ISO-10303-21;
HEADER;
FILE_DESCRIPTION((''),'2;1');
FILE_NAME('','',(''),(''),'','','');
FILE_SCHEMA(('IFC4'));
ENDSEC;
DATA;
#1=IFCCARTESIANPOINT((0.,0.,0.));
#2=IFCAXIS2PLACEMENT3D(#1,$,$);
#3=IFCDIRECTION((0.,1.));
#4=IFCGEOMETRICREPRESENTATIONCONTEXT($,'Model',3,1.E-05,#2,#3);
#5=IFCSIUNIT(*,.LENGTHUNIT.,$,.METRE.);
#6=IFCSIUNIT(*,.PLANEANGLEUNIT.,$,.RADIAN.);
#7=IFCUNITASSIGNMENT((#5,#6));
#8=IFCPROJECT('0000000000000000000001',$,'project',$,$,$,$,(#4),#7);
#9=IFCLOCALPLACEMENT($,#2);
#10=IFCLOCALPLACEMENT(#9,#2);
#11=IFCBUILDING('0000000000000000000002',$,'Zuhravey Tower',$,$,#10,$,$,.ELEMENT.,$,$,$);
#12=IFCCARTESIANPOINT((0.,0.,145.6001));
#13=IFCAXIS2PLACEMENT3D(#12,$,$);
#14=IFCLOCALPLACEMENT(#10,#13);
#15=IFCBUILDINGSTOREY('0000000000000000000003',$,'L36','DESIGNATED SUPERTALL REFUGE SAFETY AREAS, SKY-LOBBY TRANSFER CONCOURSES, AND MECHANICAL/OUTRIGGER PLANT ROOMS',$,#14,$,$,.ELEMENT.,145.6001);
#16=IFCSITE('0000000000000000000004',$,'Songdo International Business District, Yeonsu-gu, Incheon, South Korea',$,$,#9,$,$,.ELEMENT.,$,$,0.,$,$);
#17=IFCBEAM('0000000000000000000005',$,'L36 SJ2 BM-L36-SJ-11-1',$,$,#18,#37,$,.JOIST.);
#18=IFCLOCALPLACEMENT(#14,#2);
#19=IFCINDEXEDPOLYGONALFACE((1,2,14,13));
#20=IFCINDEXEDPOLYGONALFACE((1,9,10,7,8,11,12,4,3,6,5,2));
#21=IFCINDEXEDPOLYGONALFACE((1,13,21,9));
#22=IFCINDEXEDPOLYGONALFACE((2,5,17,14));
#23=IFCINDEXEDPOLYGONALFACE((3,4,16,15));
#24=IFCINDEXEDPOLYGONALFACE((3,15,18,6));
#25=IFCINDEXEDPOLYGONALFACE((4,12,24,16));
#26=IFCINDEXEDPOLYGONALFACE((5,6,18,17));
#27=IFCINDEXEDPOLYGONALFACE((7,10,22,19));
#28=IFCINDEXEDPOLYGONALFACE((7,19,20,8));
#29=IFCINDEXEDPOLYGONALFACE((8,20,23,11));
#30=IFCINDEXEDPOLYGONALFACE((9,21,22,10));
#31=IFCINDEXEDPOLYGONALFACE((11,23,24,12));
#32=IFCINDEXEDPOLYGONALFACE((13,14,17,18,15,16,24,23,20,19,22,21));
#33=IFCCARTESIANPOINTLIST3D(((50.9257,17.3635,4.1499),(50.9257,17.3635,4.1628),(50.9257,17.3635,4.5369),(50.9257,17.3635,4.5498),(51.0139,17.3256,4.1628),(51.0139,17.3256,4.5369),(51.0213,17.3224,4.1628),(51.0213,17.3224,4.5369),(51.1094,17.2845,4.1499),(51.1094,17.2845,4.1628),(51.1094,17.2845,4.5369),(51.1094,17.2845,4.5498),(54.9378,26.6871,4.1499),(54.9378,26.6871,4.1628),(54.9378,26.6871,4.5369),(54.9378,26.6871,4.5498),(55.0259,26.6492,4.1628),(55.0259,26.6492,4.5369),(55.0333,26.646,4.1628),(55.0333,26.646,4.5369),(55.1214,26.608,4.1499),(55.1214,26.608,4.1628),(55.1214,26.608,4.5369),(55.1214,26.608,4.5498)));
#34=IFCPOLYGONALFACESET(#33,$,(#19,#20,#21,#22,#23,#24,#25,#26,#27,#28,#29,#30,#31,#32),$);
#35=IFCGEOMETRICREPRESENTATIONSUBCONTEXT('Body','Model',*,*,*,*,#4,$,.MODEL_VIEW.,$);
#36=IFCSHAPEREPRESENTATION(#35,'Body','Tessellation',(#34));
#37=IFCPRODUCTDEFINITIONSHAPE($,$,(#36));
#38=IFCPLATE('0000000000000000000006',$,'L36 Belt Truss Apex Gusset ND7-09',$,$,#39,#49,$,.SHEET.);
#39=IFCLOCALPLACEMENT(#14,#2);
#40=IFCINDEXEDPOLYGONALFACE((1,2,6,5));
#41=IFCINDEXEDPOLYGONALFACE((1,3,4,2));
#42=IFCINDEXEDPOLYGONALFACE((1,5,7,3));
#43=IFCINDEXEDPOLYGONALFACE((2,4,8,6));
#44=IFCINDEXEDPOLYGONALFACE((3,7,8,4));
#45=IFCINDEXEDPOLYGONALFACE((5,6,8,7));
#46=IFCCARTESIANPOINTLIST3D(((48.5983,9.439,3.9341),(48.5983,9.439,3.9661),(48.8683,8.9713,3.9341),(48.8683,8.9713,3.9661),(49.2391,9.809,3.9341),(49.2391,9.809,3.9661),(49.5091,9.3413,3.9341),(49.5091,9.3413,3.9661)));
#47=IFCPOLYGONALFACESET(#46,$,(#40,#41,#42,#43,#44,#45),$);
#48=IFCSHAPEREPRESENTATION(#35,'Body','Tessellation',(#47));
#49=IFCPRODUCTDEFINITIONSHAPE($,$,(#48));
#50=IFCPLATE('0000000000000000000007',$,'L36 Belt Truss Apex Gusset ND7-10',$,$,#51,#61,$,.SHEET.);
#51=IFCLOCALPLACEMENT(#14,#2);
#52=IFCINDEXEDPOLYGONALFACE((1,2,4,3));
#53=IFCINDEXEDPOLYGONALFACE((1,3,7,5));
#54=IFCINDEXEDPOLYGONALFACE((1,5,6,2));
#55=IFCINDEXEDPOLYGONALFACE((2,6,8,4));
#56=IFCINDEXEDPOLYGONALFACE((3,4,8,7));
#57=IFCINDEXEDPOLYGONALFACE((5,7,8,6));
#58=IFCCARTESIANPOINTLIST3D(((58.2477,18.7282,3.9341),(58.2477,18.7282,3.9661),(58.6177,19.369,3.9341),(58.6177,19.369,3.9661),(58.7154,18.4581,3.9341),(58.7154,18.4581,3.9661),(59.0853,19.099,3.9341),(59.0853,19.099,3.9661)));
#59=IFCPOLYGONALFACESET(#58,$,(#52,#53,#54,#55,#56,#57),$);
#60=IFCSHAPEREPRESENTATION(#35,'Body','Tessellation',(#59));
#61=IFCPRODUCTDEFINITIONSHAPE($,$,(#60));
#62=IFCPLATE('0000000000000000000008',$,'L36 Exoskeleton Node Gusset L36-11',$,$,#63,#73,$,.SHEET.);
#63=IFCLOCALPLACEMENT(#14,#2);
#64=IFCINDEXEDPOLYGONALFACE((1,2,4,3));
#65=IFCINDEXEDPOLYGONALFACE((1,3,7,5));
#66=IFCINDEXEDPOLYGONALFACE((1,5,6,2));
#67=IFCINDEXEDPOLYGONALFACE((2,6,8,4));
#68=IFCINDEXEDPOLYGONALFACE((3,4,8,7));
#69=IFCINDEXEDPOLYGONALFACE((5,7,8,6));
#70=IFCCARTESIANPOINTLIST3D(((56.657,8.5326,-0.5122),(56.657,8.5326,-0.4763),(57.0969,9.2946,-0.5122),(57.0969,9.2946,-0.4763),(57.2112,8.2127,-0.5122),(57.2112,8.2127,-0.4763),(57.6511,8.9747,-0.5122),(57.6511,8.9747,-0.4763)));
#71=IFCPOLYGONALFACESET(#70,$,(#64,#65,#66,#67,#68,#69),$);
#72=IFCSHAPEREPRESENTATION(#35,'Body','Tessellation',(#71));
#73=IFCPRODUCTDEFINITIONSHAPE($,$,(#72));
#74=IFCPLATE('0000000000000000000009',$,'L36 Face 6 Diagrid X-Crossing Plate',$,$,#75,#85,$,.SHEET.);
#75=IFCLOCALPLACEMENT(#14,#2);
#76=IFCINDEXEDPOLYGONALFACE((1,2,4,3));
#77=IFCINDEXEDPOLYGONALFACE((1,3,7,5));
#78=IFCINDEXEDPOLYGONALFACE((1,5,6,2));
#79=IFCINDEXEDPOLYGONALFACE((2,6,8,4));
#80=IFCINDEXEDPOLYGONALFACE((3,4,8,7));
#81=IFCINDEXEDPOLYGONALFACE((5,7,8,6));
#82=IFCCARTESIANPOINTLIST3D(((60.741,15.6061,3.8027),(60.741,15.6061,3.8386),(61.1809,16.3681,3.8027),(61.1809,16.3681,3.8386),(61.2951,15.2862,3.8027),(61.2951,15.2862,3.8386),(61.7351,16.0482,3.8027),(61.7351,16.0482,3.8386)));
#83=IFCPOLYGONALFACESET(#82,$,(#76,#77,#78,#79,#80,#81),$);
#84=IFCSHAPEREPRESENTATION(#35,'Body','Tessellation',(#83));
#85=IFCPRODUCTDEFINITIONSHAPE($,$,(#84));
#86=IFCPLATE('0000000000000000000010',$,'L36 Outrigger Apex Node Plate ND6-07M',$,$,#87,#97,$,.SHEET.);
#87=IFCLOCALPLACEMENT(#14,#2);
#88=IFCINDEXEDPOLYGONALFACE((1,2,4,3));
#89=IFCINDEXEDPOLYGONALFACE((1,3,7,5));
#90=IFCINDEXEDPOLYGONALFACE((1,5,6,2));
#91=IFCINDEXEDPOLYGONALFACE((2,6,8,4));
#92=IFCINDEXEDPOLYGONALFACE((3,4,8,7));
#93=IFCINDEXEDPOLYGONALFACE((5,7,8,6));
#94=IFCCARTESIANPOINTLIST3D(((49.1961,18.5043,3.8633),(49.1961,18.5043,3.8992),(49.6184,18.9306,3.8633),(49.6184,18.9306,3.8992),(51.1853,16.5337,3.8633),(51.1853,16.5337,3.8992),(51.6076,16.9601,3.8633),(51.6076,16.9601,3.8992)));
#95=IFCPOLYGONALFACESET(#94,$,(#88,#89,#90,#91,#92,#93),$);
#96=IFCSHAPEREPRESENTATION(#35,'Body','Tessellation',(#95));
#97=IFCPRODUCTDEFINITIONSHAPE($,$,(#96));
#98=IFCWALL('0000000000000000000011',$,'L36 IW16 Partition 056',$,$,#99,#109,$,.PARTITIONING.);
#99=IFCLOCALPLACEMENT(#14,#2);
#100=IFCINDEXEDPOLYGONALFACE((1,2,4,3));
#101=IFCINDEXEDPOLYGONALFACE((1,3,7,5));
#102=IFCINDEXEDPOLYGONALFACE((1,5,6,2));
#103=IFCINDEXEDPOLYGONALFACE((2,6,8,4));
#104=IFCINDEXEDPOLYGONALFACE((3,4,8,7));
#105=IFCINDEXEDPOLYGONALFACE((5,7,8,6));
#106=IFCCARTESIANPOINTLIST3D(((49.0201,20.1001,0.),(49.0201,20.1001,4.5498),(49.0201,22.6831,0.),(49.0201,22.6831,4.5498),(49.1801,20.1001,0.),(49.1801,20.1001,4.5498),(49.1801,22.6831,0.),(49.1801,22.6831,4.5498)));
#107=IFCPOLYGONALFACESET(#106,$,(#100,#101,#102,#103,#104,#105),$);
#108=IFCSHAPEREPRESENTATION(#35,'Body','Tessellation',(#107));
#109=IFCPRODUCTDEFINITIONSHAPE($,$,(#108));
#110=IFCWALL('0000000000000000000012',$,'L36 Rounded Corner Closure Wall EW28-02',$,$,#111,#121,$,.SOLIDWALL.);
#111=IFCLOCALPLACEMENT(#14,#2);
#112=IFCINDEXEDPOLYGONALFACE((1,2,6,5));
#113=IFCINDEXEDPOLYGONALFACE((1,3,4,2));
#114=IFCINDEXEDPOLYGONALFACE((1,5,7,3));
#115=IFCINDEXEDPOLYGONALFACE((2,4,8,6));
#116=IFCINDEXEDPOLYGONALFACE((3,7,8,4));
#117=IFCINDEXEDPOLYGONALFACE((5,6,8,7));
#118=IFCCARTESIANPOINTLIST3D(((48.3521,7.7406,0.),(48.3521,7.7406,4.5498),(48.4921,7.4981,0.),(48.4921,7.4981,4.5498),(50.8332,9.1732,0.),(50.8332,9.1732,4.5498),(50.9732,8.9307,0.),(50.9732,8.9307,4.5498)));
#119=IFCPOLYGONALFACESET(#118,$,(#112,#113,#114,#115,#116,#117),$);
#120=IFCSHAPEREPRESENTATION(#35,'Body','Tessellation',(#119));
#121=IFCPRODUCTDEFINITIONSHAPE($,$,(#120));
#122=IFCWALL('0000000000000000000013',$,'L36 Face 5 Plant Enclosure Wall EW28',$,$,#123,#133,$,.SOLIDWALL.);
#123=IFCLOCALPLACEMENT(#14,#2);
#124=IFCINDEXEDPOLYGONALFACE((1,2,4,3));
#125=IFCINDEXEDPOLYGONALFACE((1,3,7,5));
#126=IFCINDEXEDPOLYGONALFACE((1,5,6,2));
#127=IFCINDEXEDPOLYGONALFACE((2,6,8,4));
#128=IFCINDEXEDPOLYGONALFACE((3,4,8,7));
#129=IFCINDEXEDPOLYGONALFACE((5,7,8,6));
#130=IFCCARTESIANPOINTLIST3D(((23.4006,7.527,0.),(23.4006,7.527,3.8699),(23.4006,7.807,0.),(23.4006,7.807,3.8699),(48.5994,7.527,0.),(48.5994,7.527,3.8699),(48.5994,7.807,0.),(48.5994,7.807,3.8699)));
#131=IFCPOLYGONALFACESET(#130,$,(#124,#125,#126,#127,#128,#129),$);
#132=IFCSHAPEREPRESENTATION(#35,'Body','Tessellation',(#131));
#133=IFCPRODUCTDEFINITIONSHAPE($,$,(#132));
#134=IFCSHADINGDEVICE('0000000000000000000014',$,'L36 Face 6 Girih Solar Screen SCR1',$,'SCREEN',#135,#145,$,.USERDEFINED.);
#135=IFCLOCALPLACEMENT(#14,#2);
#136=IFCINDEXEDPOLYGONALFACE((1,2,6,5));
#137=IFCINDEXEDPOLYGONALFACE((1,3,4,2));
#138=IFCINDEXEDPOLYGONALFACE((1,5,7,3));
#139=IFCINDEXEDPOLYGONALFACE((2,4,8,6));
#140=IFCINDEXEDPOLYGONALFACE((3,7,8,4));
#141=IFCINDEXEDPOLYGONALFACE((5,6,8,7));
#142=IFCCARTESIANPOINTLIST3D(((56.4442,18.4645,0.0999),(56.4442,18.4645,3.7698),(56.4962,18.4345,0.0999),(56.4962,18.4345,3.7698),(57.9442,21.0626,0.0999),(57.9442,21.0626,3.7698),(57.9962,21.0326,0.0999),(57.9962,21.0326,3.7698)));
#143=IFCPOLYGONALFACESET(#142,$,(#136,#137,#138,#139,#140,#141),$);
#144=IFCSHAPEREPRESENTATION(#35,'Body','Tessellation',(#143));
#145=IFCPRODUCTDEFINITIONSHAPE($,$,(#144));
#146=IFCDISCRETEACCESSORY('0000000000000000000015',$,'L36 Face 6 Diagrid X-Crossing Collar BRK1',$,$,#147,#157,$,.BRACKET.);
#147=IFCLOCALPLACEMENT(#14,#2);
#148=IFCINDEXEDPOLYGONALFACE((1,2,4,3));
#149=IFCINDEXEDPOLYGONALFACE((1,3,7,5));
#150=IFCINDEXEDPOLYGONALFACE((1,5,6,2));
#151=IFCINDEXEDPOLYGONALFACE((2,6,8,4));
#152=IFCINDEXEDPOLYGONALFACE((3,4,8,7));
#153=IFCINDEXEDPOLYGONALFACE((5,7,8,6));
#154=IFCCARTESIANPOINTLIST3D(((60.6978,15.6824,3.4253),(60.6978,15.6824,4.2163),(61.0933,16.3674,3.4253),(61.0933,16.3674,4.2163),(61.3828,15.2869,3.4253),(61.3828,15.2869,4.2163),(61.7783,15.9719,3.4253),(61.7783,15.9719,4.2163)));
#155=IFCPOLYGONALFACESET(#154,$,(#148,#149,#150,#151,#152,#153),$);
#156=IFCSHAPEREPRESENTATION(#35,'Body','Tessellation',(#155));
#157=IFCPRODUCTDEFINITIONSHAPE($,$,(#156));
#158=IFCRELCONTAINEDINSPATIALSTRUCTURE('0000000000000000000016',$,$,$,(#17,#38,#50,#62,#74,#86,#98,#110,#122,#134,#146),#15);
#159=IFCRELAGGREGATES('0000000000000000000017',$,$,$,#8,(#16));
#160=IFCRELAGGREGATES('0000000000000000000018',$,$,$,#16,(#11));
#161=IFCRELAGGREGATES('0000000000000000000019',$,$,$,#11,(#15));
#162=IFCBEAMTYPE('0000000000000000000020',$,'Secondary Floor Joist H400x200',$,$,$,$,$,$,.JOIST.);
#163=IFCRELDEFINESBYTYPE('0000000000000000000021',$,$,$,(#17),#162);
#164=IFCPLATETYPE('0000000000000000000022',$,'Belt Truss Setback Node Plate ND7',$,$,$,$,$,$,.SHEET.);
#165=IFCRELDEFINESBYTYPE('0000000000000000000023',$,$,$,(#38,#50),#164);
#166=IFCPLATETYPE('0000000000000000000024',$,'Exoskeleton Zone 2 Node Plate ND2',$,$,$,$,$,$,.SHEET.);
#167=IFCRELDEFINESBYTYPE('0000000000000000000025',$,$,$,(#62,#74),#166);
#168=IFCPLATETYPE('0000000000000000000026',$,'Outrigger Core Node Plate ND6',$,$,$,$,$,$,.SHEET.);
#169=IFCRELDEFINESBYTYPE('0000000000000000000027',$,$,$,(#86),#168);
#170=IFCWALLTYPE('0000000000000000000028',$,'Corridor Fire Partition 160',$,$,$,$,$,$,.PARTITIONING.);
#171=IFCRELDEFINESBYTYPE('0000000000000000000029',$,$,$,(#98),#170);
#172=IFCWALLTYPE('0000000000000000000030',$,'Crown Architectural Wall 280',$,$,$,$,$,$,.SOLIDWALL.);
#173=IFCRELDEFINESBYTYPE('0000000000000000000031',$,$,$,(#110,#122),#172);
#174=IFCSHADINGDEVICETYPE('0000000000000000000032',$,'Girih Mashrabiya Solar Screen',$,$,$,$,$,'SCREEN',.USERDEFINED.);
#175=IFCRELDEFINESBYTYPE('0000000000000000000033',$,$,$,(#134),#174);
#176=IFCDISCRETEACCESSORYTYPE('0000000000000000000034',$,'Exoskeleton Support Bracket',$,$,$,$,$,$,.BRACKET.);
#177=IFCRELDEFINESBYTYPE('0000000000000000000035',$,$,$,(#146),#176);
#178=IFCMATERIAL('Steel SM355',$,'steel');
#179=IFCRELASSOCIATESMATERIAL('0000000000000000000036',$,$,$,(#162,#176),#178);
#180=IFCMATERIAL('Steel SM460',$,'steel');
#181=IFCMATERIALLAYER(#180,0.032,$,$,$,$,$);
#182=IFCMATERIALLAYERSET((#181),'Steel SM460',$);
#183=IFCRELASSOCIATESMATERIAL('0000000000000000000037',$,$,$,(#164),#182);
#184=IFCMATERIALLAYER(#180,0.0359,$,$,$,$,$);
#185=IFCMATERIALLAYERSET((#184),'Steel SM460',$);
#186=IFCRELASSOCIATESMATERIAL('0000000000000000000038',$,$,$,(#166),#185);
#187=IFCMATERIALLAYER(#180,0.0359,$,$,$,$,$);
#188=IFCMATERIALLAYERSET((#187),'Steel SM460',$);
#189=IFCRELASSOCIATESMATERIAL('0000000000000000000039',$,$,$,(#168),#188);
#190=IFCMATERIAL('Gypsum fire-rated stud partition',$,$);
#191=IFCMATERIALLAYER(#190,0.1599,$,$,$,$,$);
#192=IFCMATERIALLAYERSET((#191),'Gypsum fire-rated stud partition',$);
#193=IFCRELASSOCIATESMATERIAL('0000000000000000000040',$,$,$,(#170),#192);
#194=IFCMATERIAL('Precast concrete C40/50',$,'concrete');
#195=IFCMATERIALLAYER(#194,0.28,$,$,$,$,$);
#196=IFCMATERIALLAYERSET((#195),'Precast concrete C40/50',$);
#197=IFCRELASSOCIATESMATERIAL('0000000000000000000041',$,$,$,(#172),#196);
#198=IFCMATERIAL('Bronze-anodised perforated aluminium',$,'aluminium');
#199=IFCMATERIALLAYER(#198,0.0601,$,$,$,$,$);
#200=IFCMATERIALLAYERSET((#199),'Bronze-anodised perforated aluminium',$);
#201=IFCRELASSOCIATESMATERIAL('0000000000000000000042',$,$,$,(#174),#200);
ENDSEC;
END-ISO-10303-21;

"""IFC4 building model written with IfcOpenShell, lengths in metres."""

from ifc_helpers import new_model, si_unit, direction, frame, frame_2d, origin, origin_2d, place, context, subcontext, project, spatial, rectangle, i_section, extrude, material, layer, layer_set, material_profile, profile_set, type_object, element, save


model = new_model("IFC4")

# Units and contexts
model_context = context("Model", 3, precision=1e-05, world=origin(), true_north=direction((0.0, 1.0)))
body_context = subcontext(model_context, "Body", "Model", "MODEL_VIEW")
ifc_project = project(units=[si_unit("LENGTHUNIT", "METRE"), si_unit("PLANEANGLEUNIT", "RADIAN")], contexts=[model_context])

# Site, building, storey
site_placement = place(None, origin())
site = spatial("IfcSite", under=ifc_project, at=site_placement, Name="Songdo International Business District, Yeonsu-gu, Incheon, South Korea", CompositionType="ELEMENT", RefElevation=0.0)
building_placement = place(site_placement, origin())
building = spatial("IfcBuilding", under=site, at=building_placement, Name="Zuhravey Tower", CompositionType="ELEMENT")
storey_placement = place(building_placement, frame((0.0, 0.0, 145.6001)))
storey = spatial("IfcBuildingStorey", under=building, at=storey_placement, Name="L36", Description="DESIGNATED SUPERTALL REFUGE SAFETY AREAS, SKY-LOBBY TRANSFER CONCOURSES, AND MECHANICAL/OUTRIGGER PLANT ROOMS", CompositionType="ELEMENT", Elevation=145.6001)

# Shared definitions
ifc_material_1 = material(Name="Steel SM355", Category="steel")
ifc_material_2 = material(Name="Steel SM460", Category="steel")

# Beam
ifc_material_profile_1 = material_profile(ifc_material_1, i_section(OverallWidth=0.2, OverallDepth=0.3999, WebThickness=0.0081, FlangeThickness=0.0129, at=origin_2d()), Name="H-400x200x8x13")
ifc_profile_set_1 = profile_set([ifc_material_profile_1], Name="Steel SM355")
beam_type_1 = type_object("IfcBeamType", Name="Secondary Floor Joist H400x200", PredefinedType="JOIST", material=ifc_profile_set_1)
beam_1_placement = place(storey_placement, frame((51.0176, 17.324, 4.3499), z_axis=(0.395266, 0.918567, 0.0), x_axis=(-0.918567, 0.395266, 0.0)))
element("IfcBeam", 1, at=beam_1_placement, inside=storey, type_object=beam_type_1, Name="L36 SJ2 BM-L36-SJ-11-1", PredefinedType="JOIST", context=body_context, shape_type="SweptSolid", body=[
    extrude(i_section(OverallWidth=0.2, OverallDepth=0.3999, WebThickness=0.0081, FlangeThickness=0.0129, at=origin_2d()), origin(), (0.0, 0.0, 1.0), 10.1501),
])

# Plates
ifc_layer_1 = layer(ifc_material_2, 0.032)
ifc_layer_set_1 = layer_set([ifc_layer_1], Name="Steel SM460")
plate_type_1 = type_object("IfcPlateType", Name="Belt Truss Setback Node Plate ND7", PredefinedType="SHEET", material=ifc_layer_set_1)
for number, where, z_axis, x_axis, name in (
    (2, (49.0537, 9.3901, 3.9341), (0.0, 0.0, 1.0), (0.866025, 0.5, 0.0), "L36 Belt Truss Apex Gusset ND7-09"),
    (3, (58.6665, 18.9136, 3.9341), (0.0, 0.0, 1.0), (0.5, 0.866025, 0.0), "L36 Belt Truss Apex Gusset ND7-10"),
):
    element("IfcPlate", number, at=place(storey_placement, frame(where, z_axis=z_axis, x_axis=x_axis)), inside=storey, type_object=plate_type_1, Name=name, PredefinedType="SHEET", context=body_context, shape_type="SweptSolid", body=[
        extrude(rectangle(XDim=0.74, YDim=0.54, at=origin_2d()), origin(), (0.0, 0.0, 1.0), 0.032),
    ])
ifc_layer_2 = layer(ifc_material_2, 0.0359)
ifc_layer_set_2 = layer_set([ifc_layer_2], Name="Steel SM460")
plate_type_2 = type_object("IfcPlateType", Name="Exoskeleton Zone 2 Node Plate ND2", PredefinedType="SHEET", material=ifc_layer_set_2)
for number, where, z_axis, x_axis, name in (
    (4, (57.1541, 8.7537, -0.5122), (0.0, 0.0, 1.0), (0.5, 0.866025, 0.0), "L36 Exoskeleton Node Gusset L36-11"),
    (5, (61.238, 15.8271, 3.8027), (0.0, 0.0, 1.0), (0.5, 0.866025, 0.0), "L36 Face 6 Diagrid X-Crossing Plate"),
):
    element("IfcPlate", number, at=place(storey_placement, frame(where, z_axis=z_axis, x_axis=x_axis)), inside=storey, type_object=plate_type_2, Name=name, PredefinedType="SHEET", context=body_context, shape_type="SweptSolid", body=[
        extrude(rectangle(XDim=0.8799, YDim=0.6399, at=origin_2d()), origin(), (0.0, 0.0, 1.0), 0.0359),
    ])
ifc_layer_3 = layer(ifc_material_2, 0.0359)
ifc_layer_set_3 = layer_set([ifc_layer_3], Name="Steel SM460")
plate_type_3 = type_object("IfcPlateType", Name="Outrigger Core Node Plate ND6", PredefinedType="SHEET", material=ifc_layer_set_3)
plate_placement = place(storey_placement, frame((50.4019, 17.7322, 3.8633), z_axis=(0.0, 0.0, 1.0), x_axis=(0.710431, -0.703767, 0.0)))
element("IfcPlate", 6, at=plate_placement, inside=storey, type_object=plate_type_3, Name="L36 Outrigger Apex Node Plate ND6-07M", PredefinedType="SHEET", context=body_context, shape_type="SweptSolid", body=[
    extrude(rectangle(XDim=2.8, YDim=0.6001, at=origin_2d()), origin(), (0.0, 0.0, 1.0), 0.0359),
])

# Walls
ifc_material_3 = material(Name="Gypsum fire-rated stud partition")
ifc_layer_4 = layer(ifc_material_3, 0.1599)
ifc_layer_set_4 = layer_set([ifc_layer_4], Name="Gypsum fire-rated stud partition")
wall_type_1 = type_object("IfcWallType", Name="Corridor Fire Partition 160", PredefinedType="PARTITIONING", material=ifc_layer_set_4)
wall_1_placement = place(storey_placement, frame((49.1001, 20.1001, 0.0), z_axis=(0.0, 0.0, 1.0), x_axis=(0.0, 1.0, 0.0)))
element("IfcWall", 7, at=wall_1_placement, inside=storey, type_object=wall_type_1, Name="L36 IW16 Partition 056", PredefinedType="PARTITIONING", context=body_context, shape_type="SweptSolid", body=[
    extrude(rectangle(XDim=2.583, YDim=0.1599, at=frame_2d((1.2915, 0.0))), origin(), (0.0, 0.0, 1.0), 4.5498),
])
ifc_material_4 = material(Name="Precast concrete C40/50", Category="concrete")
ifc_layer_5 = layer(ifc_material_4, 0.28)
ifc_layer_set_5 = layer_set([ifc_layer_5], Name="Precast concrete C40/50")
wall_type_2 = type_object("IfcWallType", Name="Crown Architectural Wall 280", PredefinedType="SOLIDWALL", material=ifc_layer_set_5)
wall_2_placement = place(storey_placement, frame((50.9033, 9.052, 0.0), z_axis=(0.0, 0.0, 1.0), x_axis=(-0.866011, -0.500025, 0.0)))
element("IfcWall", 8, at=wall_2_placement, inside=storey, type_object=wall_type_2, Name="L36 Rounded Corner Closure Wall EW28-02", PredefinedType="SOLIDWALL", context=body_context, shape_type="SweptSolid", body=[
    extrude(rectangle(XDim=2.865, YDim=0.28, at=frame_2d((1.4326, 0.0))), origin(), (0.0, 0.0, 1.0), 4.5498),
])
wall_3_placement = place(storey_placement, frame((48.5994, 7.667, 0.0), z_axis=(0.0, 0.0, 1.0), x_axis=(-1.0, 0.0, 0.0)))
element("IfcWall", 9, at=wall_3_placement, inside=storey, type_object=wall_type_2, Name="L36 Face 5 Plant Enclosure Wall EW28", PredefinedType="SOLIDWALL", context=body_context, shape_type="SweptSolid", body=[
    extrude(rectangle(XDim=25.1987, YDim=0.28, at=frame_2d((12.5994, 0.0))), origin(), (0.0, 0.0, 1.0), 3.8699),
])

# Shading device
ifc_material_5 = material(Name="Bronze-anodised perforated aluminium", Category="aluminium")
ifc_layer_6 = layer(ifc_material_5, 0.0601)
ifc_layer_set_6 = layer_set([ifc_layer_6], Name="Bronze-anodised perforated aluminium")
shading_device_type = type_object("IfcShadingDeviceType", Name="Girih Mashrabiya Solar Screen", ElementType="SCREEN", PredefinedType="USERDEFINED", material=ifc_layer_set_6)
shading_device_placement = place(storey_placement, frame((57.2202, 19.7485, 0.0999), z_axis=(0.0, 0.0, 1.0), x_axis=(-0.5, -0.866025, 0.0)))
element("IfcShadingDevice", 10, at=shading_device_placement, inside=storey, type_object=shading_device_type, Name="L36 Face 6 Girih Solar Screen SCR1", ObjectType="SCREEN", PredefinedType="USERDEFINED", context=body_context, shape_type="SweptSolid", body=[
    extrude(rectangle(XDim=3.0, YDim=0.0601, at=origin_2d()), origin(), (0.0, 0.0, 1.0), 3.6699),
])

# Discrete accessory
discrete_accessory_type = type_object("IfcDiscreteAccessoryType", Name="Exoskeleton Support Bracket", PredefinedType="BRACKET", material=ifc_material_1)
discrete_accessory_placement = place(storey_placement, frame((61.238, 15.8271, 3.4253), z_axis=(0.0, 0.0, 1.0), x_axis=(0.5, 0.866025, 0.0)))
element("IfcDiscreteAccessory", 11, at=discrete_accessory_placement, inside=storey, type_object=discrete_accessory_type, Name="L36 Face 6 Diagrid X-Crossing Collar BRK1", PredefinedType="BRACKET", context=body_context, shape_type="SweptSolid", body=[
    extrude(rectangle(XDim=0.791, YDim=0.791, at=origin_2d()), origin(), (0.0, 0.0, 1.0), 0.791),
])

save(model, "model.ifc")
